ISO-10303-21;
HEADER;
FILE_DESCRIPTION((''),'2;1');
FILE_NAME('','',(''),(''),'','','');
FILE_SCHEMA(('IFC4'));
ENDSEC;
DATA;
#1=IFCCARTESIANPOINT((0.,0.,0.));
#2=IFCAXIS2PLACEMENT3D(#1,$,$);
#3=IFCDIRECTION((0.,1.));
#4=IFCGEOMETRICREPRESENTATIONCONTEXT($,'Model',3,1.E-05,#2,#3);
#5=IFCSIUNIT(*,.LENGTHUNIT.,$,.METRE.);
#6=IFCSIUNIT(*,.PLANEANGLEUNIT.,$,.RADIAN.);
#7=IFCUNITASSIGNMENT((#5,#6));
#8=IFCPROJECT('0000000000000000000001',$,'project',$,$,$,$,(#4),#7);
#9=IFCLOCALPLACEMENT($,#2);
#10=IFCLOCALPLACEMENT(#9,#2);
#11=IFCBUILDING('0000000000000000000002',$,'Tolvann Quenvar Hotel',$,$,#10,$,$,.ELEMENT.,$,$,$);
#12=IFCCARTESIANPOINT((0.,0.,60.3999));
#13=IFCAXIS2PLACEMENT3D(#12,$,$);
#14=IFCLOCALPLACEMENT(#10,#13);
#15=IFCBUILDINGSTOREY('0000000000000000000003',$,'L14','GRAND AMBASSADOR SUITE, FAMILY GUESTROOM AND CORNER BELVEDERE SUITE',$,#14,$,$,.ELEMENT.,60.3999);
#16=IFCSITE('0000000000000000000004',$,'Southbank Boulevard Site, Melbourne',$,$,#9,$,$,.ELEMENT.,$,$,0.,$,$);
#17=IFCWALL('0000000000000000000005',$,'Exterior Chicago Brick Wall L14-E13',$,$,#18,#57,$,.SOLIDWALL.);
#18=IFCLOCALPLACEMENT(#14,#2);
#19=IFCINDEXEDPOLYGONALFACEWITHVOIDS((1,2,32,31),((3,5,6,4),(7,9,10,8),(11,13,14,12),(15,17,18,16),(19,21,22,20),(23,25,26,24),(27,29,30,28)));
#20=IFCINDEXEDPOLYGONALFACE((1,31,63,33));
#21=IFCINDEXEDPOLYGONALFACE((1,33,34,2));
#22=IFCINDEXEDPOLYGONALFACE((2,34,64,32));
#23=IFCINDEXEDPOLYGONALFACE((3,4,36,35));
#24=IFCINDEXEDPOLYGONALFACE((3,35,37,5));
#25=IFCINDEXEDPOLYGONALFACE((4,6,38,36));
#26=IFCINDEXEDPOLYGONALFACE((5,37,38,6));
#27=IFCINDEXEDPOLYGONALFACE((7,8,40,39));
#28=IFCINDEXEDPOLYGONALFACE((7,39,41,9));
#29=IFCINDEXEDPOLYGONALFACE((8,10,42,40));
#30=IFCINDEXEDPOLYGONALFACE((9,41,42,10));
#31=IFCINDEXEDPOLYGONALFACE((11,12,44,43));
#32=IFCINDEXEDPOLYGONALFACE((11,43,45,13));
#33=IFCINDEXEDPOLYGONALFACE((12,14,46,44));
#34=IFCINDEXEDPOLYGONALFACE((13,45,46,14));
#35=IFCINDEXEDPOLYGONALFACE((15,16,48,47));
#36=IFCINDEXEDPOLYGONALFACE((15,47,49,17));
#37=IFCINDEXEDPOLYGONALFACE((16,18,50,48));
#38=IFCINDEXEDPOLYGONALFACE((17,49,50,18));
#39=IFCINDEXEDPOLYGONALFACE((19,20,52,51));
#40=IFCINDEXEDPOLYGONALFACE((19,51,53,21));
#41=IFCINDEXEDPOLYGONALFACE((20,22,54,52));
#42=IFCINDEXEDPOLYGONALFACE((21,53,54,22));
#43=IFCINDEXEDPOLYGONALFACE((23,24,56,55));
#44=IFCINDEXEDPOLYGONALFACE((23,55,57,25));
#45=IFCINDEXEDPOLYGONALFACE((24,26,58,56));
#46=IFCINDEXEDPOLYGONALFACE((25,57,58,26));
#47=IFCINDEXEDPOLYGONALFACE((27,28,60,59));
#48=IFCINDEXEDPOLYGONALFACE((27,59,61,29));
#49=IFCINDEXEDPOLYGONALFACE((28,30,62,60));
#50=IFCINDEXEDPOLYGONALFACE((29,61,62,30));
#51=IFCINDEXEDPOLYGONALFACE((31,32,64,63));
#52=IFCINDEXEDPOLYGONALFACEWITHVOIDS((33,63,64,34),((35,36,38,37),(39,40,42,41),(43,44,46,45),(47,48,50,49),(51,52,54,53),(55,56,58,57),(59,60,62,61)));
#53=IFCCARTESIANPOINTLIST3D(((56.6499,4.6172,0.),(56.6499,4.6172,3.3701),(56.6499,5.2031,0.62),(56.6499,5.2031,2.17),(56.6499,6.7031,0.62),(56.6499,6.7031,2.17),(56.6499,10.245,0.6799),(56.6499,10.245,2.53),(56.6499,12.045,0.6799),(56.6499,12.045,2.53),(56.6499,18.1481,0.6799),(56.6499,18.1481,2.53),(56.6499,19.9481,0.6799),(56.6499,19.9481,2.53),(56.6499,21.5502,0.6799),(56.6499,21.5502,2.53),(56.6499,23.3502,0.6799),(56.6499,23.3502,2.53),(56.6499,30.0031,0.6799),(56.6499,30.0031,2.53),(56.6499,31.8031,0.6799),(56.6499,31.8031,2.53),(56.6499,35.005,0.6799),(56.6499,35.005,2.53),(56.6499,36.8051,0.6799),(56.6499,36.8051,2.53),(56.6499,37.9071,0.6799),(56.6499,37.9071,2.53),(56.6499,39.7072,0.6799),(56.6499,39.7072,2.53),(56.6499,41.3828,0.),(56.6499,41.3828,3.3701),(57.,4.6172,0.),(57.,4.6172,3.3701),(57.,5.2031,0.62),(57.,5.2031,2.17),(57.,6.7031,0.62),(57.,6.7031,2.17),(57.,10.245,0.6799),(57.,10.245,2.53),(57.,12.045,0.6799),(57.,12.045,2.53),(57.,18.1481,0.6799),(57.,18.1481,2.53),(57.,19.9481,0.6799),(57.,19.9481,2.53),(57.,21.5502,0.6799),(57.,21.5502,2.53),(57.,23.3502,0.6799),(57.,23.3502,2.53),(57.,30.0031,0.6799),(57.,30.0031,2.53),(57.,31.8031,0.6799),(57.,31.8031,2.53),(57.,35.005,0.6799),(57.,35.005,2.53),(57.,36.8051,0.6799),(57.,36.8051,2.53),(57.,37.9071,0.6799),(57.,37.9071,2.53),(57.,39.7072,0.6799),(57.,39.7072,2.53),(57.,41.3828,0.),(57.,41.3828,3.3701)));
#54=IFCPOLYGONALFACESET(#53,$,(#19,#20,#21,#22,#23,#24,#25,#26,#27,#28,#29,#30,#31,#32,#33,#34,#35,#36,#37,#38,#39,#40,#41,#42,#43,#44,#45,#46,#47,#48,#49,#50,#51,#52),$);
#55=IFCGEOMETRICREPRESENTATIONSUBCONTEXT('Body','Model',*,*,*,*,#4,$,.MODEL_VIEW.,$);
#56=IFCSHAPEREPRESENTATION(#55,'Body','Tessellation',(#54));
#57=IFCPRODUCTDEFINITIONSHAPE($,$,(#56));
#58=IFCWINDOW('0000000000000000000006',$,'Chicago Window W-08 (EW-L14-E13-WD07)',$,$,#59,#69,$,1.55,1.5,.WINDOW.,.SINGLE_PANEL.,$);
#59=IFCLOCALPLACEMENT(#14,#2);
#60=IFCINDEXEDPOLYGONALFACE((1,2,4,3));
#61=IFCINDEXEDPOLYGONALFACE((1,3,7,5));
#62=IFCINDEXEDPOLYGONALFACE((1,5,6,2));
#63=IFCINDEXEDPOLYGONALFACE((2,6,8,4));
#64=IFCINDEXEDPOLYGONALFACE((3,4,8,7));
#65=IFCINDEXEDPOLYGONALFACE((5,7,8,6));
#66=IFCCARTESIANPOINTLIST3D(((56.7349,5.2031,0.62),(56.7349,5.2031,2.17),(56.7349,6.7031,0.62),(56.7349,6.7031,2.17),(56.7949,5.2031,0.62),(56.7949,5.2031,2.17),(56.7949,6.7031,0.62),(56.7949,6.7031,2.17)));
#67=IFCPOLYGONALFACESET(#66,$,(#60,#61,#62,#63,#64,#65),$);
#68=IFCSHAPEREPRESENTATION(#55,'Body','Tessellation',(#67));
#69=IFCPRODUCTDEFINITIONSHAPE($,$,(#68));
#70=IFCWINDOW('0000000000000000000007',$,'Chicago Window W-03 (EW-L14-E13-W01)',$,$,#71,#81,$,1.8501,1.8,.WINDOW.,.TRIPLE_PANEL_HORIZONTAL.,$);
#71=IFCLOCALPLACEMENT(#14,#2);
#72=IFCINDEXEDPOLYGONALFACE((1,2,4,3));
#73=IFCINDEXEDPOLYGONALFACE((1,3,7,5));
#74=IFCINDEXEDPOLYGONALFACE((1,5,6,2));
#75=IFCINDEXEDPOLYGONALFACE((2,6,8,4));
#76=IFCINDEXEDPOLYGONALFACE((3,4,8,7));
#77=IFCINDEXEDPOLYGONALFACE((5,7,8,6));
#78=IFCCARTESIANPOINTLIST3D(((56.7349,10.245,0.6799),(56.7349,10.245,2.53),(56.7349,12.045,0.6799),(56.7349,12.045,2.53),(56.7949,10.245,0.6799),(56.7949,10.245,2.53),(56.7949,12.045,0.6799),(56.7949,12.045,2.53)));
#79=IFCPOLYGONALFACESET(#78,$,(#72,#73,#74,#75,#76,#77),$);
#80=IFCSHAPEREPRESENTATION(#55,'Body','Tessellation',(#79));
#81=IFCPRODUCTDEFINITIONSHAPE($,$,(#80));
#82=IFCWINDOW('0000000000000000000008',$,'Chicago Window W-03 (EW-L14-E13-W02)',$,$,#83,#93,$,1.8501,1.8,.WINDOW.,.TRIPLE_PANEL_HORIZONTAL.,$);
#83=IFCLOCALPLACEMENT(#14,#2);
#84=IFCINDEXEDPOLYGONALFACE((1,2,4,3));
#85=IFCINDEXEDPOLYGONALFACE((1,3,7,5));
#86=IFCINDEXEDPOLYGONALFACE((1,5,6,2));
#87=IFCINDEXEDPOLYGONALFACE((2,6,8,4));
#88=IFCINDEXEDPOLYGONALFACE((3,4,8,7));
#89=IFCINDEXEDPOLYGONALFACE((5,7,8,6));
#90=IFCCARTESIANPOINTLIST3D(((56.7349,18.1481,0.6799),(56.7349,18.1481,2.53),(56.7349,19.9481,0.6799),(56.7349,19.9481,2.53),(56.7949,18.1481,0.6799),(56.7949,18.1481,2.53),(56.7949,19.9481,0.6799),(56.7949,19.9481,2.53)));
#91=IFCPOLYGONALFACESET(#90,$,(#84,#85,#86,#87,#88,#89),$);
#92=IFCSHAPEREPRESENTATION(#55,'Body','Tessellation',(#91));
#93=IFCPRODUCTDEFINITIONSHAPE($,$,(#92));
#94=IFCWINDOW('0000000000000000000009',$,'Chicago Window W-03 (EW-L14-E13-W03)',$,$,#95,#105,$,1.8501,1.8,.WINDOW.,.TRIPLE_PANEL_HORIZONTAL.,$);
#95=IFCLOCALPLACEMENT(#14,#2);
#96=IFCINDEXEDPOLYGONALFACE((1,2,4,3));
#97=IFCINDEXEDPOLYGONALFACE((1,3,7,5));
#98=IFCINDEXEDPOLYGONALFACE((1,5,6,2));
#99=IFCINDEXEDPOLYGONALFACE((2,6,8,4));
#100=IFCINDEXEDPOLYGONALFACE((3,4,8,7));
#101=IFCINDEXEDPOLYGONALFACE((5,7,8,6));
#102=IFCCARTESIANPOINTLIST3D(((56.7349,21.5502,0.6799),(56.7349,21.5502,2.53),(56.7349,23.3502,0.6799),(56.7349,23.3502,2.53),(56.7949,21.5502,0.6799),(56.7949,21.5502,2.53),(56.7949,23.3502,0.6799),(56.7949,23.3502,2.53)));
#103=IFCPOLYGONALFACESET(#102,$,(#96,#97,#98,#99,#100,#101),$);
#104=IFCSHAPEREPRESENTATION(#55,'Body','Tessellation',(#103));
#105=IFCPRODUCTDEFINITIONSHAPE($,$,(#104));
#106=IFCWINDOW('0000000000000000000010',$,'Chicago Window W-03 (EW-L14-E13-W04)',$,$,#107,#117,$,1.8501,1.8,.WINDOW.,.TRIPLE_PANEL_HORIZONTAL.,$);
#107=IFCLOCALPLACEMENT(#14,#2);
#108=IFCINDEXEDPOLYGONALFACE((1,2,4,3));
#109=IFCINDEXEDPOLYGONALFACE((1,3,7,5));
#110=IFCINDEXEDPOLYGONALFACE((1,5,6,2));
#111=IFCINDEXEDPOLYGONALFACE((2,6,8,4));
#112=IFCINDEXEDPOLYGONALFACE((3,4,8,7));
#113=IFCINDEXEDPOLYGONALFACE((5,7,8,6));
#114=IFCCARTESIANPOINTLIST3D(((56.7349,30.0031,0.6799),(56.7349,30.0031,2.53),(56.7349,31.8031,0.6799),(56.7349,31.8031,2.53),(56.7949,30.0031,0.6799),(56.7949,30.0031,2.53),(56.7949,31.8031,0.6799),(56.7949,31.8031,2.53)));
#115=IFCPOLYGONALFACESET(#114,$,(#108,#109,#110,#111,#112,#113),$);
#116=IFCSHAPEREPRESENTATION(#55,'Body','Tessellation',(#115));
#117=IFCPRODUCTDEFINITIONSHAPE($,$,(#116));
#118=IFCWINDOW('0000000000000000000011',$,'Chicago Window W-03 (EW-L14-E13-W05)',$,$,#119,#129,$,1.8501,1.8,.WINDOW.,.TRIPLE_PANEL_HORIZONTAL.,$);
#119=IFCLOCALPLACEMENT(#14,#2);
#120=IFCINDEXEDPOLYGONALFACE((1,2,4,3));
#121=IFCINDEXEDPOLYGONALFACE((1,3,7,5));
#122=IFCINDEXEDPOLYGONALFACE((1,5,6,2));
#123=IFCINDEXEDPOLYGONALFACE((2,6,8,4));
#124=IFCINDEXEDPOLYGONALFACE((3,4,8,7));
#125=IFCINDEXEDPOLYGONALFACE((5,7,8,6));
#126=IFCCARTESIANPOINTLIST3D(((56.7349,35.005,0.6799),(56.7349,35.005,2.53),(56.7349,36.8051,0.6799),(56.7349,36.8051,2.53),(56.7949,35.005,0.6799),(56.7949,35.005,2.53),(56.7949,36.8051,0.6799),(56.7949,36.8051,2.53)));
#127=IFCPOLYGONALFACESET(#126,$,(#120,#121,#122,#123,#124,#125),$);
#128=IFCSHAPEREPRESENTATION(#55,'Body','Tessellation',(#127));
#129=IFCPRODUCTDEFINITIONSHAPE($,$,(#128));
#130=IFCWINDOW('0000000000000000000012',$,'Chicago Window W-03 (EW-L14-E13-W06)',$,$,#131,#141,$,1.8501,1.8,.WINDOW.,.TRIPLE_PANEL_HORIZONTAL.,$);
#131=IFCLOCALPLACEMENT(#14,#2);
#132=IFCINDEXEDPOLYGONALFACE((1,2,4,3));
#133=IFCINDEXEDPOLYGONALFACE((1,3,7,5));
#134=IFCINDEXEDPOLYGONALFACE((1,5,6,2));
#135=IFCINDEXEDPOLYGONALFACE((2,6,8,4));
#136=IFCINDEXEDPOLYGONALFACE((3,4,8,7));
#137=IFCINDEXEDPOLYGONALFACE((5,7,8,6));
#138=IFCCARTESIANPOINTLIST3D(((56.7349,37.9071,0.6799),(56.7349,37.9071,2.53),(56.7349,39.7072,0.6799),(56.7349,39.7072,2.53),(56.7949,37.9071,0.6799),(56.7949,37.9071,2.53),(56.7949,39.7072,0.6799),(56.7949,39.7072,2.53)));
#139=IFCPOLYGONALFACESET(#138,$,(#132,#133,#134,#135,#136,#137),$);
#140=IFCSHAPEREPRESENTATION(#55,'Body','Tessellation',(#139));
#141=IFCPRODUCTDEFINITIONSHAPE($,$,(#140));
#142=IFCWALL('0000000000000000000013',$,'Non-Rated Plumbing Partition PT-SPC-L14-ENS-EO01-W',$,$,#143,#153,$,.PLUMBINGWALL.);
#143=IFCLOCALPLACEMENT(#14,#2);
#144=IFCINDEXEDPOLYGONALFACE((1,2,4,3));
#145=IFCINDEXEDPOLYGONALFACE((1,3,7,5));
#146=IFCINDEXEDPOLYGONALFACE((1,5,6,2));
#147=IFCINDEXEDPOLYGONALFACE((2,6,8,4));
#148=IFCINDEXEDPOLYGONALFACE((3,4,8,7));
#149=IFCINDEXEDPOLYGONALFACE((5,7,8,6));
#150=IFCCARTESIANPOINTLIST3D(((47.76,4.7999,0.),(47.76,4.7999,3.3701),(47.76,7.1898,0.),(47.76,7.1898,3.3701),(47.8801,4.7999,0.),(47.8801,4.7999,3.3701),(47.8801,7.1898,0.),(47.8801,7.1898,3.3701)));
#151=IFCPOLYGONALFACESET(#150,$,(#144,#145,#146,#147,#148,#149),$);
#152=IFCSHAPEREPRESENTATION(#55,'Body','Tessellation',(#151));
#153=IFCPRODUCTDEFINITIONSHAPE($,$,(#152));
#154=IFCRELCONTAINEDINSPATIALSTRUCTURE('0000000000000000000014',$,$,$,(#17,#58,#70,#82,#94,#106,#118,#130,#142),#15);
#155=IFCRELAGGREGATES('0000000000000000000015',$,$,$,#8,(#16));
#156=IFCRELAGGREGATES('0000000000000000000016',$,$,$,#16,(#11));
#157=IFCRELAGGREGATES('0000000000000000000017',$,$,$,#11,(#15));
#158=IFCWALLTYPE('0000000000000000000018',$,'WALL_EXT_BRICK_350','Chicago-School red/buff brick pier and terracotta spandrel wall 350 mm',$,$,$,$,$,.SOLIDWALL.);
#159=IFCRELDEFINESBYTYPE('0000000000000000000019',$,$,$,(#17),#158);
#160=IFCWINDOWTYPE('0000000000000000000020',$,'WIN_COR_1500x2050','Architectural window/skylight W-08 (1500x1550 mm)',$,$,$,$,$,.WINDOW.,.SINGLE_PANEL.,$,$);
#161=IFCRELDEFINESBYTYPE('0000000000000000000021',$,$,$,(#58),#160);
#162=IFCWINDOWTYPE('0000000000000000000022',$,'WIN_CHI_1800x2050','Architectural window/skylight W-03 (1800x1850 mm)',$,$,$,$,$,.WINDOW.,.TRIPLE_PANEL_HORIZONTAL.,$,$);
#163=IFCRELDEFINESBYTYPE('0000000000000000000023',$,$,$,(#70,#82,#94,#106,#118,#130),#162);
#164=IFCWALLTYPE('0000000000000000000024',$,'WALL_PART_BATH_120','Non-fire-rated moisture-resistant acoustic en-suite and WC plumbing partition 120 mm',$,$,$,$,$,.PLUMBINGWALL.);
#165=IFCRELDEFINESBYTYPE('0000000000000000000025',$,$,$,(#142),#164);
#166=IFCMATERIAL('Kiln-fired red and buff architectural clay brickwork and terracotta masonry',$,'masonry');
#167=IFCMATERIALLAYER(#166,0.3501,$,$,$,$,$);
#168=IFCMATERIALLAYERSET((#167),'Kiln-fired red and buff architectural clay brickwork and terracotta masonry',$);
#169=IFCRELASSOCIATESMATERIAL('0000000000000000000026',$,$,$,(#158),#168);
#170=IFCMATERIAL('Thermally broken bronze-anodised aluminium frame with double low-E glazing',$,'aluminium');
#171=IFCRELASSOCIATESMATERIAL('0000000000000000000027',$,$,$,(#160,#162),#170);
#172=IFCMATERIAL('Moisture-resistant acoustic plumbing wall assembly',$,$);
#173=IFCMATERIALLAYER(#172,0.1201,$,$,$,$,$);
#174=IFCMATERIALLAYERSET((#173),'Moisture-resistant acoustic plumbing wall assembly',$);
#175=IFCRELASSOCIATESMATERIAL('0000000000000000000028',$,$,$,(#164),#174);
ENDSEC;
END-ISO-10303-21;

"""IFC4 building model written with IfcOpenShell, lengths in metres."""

from ifc_helpers import new_model, si_unit, direction, frame, frame_2d, origin, place, context, subcontext, project, spatial, rectangle, extrude, source, transform, mapped, material, layer, layer_set, type_object, type_shapes, element, fill, save


model = new_model("IFC4")

# Units and contexts
model_context = context("Model", 3, precision=1e-05, world=origin(), true_north=direction((0.0, 1.0)))
body_context = subcontext(model_context, "Body", "Model", "MODEL_VIEW")
ifc_project = project(units=[si_unit("LENGTHUNIT", "METRE"), si_unit("PLANEANGLEUNIT", "RADIAN")], contexts=[model_context])

# Site, building, storey
site_placement = place(None, origin())
site = spatial("IfcSite", under=ifc_project, at=site_placement, Name="Southbank Boulevard Site, Melbourne", CompositionType="ELEMENT", RefElevation=0.0)
building_placement = place(site_placement, origin())
building = spatial("IfcBuilding", under=site, at=building_placement, Name="Tolvann Quenvar Hotel", CompositionType="ELEMENT")
storey_placement = place(building_placement, frame((0.0, 0.0, 60.3999)))
storey = spatial("IfcBuildingStorey", under=building, at=storey_placement, Name="L14", Description="GRAND AMBASSADOR SUITE, FAMILY GUESTROOM AND CORNER BELVEDERE SUITE", CompositionType="ELEMENT", Elevation=60.3999)

# Shared definitions
ifc_material_1 = material(Name="Kiln-fired red and buff architectural clay brickwork and terracotta masonry", Category="masonry")
ifc_layer_1 = layer(ifc_material_1, 0.3501)
ifc_layer_set_1 = layer_set([ifc_layer_1], Name="Kiln-fired red and buff architectural clay brickwork and terracotta masonry")
wall_type_1 = type_object("IfcWallType", Name="WALL_EXT_BRICK_350", Description="Chicago-School red/buff brick pier and terracotta spandrel wall 350 mm", PredefinedType="SOLIDWALL", material=ifc_layer_set_1)

# Wall, openings, windows
wall_1_placement = place(storey_placement, frame((56.825, 4.6172, 0.0), z_axis=(0.0, 0.0, 1.0), x_axis=(0.0, 1.0, 0.0)))
wall_1 = element("IfcWall", 1, at=wall_1_placement, inside=storey, type_object=wall_type_1, Name="Exterior Chicago Brick Wall L14-E13", PredefinedType="SOLIDWALL", context=body_context, shape_type="SweptSolid", body=[
    extrude(rectangle(XDim=36.7656, YDim=0.3501, at=frame_2d((18.3828, 0.0))), origin(), (0.0, 0.0, 1.0), 3.3701),
])
opening_1_placement = place(wall_1_placement, frame((5.6279, 0.0, 0.6799)))
opening_1 = element("IfcOpeningElement", 2, at=opening_1_placement, cuts=wall_1, PredefinedType="OPENING", context=body_context, shape_type="SweptSolid", body=[
    extrude(rectangle(XDim=1.8, YDim=1.8501, at=frame_2d((0.8999, 0.925))), frame((0.0, 0.1851, 0.0), z_axis=(0.0, -1.0, 0.0), x_axis=(1.0, 0.0, 0.0)), (0.0, 0.0, 1.0), 0.3701),
])
opening_2_placement = place(wall_1_placement, frame((13.531, 0.0, 0.6799)))
opening_2 = element("IfcOpeningElement", 3, at=opening_2_placement, cuts=wall_1, PredefinedType="OPENING", context=body_context, shape_type="SweptSolid", body=[
    extrude(rectangle(XDim=1.8, YDim=1.8501, at=frame_2d((0.8999, 0.925))), frame((0.0, 0.1851, 0.0), z_axis=(0.0, -1.0, 0.0), x_axis=(1.0, 0.0, 0.0)), (0.0, 0.0, 1.0), 0.3701),
])
opening_3_placement = place(wall_1_placement, frame((16.9331, 0.0, 0.6799)))
opening_3 = element("IfcOpeningElement", 4, at=opening_3_placement, cuts=wall_1, PredefinedType="OPENING", context=body_context, shape_type="SweptSolid", body=[
    extrude(rectangle(XDim=1.8, YDim=1.8501, at=frame_2d((0.8999, 0.925))), frame((0.0, 0.1851, 0.0), z_axis=(0.0, -1.0, 0.0), x_axis=(1.0, 0.0, 0.0)), (0.0, 0.0, 1.0), 0.3701),
])
opening_4_placement = place(wall_1_placement, frame((25.386, 0.0, 0.6799)))
opening_4 = element("IfcOpeningElement", 5, at=opening_4_placement, cuts=wall_1, PredefinedType="OPENING", context=body_context, shape_type="SweptSolid", body=[
    extrude(rectangle(XDim=1.8, YDim=1.8501, at=frame_2d((0.8999, 0.925))), frame((0.0, 0.1851, 0.0), z_axis=(0.0, -1.0, 0.0), x_axis=(1.0, 0.0, 0.0)), (0.0, 0.0, 1.0), 0.3701),
])
opening_5_placement = place(wall_1_placement, frame((30.3879, 0.0, 0.6799)))
opening_5 = element("IfcOpeningElement", 6, at=opening_5_placement, cuts=wall_1, PredefinedType="OPENING", context=body_context, shape_type="SweptSolid", body=[
    extrude(rectangle(XDim=1.8, YDim=1.8501, at=frame_2d((0.8999, 0.925))), frame((0.0, 0.1851, 0.0), z_axis=(0.0, -1.0, 0.0), x_axis=(1.0, 0.0, 0.0)), (0.0, 0.0, 1.0), 0.3701),
])
opening_6_placement = place(wall_1_placement, frame((33.29, 0.0, 0.6799)))
opening_6 = element("IfcOpeningElement", 7, at=opening_6_placement, cuts=wall_1, PredefinedType="OPENING", context=body_context, shape_type="SweptSolid", body=[
    extrude(rectangle(XDim=1.8, YDim=1.8501, at=frame_2d((0.8999, 0.925))), frame((0.0, 0.1851, 0.0), z_axis=(0.0, -1.0, 0.0), x_axis=(1.0, 0.0, 0.0)), (0.0, 0.0, 1.0), 0.3701),
])
opening_7_placement = place(wall_1_placement, frame((0.5859, 0.0, 0.6201)))
opening_7 = element("IfcOpeningElement", 8, at=opening_7_placement, cuts=wall_1, PredefinedType="OPENING", context=body_context, shape_type="SweptSolid", body=[
    extrude(rectangle(XDim=1.5, YDim=1.55, at=frame_2d((0.75, 0.7749))), frame((0.0, 0.1851, 0.0), z_axis=(0.0, -1.0, 0.0), x_axis=(1.0, 0.0, 0.0)), (0.0, 0.0, 1.0), 0.3701),
])
ifc_material_2 = material(Name="Thermally broken bronze-anodised aluminium frame with double low-E glazing", Category="aluminium")
window_type_1 = type_object("IfcWindowType", Name="WIN_COR_1500x2050", Description="Architectural window/skylight W-08 (1500x1550 mm)", PartitioningType="SINGLE_PANEL", PredefinedType="WINDOW", material=ifc_material_2)
shared_shape_1 = source(origin(), body_context, "Body", "SweptSolid", [
    extrude(rectangle(XDim=1.5, YDim=1.55, at=frame_2d((0.75, 0.7749))), frame((0.0, 0.0901, 0.0), z_axis=(0.0, -1.0, 0.0), x_axis=(1.0, 0.0, 0.0)), (0.0, 0.0, 1.0), 0.0601),
])
type_shapes(window_type_1, [shared_shape_1])
window_1_placement = place(opening_7_placement, origin())
window_1 = element("IfcWindow", 9, at=window_1_placement, inside=storey, type_object=window_type_1, Name="Chicago Window W-08 (EW-L14-E13-WD07)", OverallHeight=1.55, OverallWidth=1.5, PartitioningType="SINGLE_PANEL", PredefinedType="WINDOW", context=body_context, shape_type="MappedRepresentation", body=[
    mapped(shared_shape_1, transform((0.0, 0.0, 0.0), x_axis=(1.0, 0.0, 0.0), y_axis=(0.0, 1.0, 0.0), z_axis=(0.0, 0.0, 1.0), scale=1.0)),
])
fill(opening_7, window_1)
window_type_2 = type_object("IfcWindowType", Name="WIN_CHI_1800x2050", Description="Architectural window/skylight W-03 (1800x1850 mm)", PartitioningType="TRIPLE_PANEL_HORIZONTAL", PredefinedType="WINDOW", material=ifc_material_2)
shared_shape_2 = source(origin(), body_context, "Body", "SweptSolid", [
    extrude(rectangle(XDim=1.8, YDim=1.8501, at=frame_2d((0.8999, 0.925))), frame((0.0, 0.0901, 0.0), z_axis=(0.0, -1.0, 0.0), x_axis=(1.0, 0.0, 0.0)), (0.0, 0.0, 1.0), 0.0601),
])
type_shapes(window_type_2, [shared_shape_2])
window_2_placement = place(opening_1_placement, origin())
window_2 = element("IfcWindow", 10, at=window_2_placement, inside=storey, type_object=window_type_2, Name="Chicago Window W-03 (EW-L14-E13-W01)", OverallHeight=1.8501, OverallWidth=1.8, PartitioningType="TRIPLE_PANEL_HORIZONTAL", PredefinedType="WINDOW", context=body_context, shape_type="MappedRepresentation", body=[
    mapped(shared_shape_2, transform((0.0, 0.0, 0.0), x_axis=(1.0, 0.0, 0.0), y_axis=(0.0, 1.0, 0.0), z_axis=(0.0, 0.0, 1.0), scale=1.0)),
])
fill(opening_1, window_2)
window_3_placement = place(opening_2_placement, origin())
window_3 = element("IfcWindow", 11, at=window_3_placement, inside=storey, type_object=window_type_2, Name="Chicago Window W-03 (EW-L14-E13-W02)", OverallHeight=1.8501, OverallWidth=1.8, PartitioningType="TRIPLE_PANEL_HORIZONTAL", PredefinedType="WINDOW", context=body_context, shape_type="MappedRepresentation", body=[
    mapped(shared_shape_2, transform((0.0, 0.0, 0.0), x_axis=(1.0, 0.0, 0.0), y_axis=(0.0, 1.0, 0.0), z_axis=(0.0, 0.0, 1.0), scale=1.0)),
])
fill(opening_2, window_3)
window_4_placement = place(opening_3_placement, origin())
window_4 = element("IfcWindow", 12, at=window_4_placement, inside=storey, type_object=window_type_2, Name="Chicago Window W-03 (EW-L14-E13-W03)", OverallHeight=1.8501, OverallWidth=1.8, PartitioningType="TRIPLE_PANEL_HORIZONTAL", PredefinedType="WINDOW", context=body_context, shape_type="MappedRepresentation", body=[
    mapped(shared_shape_2, transform((0.0, 0.0, 0.0), x_axis=(1.0, 0.0, 0.0), y_axis=(0.0, 1.0, 0.0), z_axis=(0.0, 0.0, 1.0), scale=1.0)),
])
fill(opening_3, window_4)
window_5_placement = place(opening_4_placement, origin())
window_5 = element("IfcWindow", 13, at=window_5_placement, inside=storey, type_object=window_type_2, Name="Chicago Window W-03 (EW-L14-E13-W04)", OverallHeight=1.8501, OverallWidth=1.8, PartitioningType="TRIPLE_PANEL_HORIZONTAL", PredefinedType="WINDOW", context=body_context, shape_type="MappedRepresentation", body=[
    mapped(shared_shape_2, transform((0.0, 0.0, 0.0), x_axis=(1.0, 0.0, 0.0), y_axis=(0.0, 1.0, 0.0), z_axis=(0.0, 0.0, 1.0), scale=1.0)),
])
fill(opening_4, window_5)
window_6_placement = place(opening_5_placement, origin())
window_6 = element("IfcWindow", 14, at=window_6_placement, inside=storey, type_object=window_type_2, Name="Chicago Window W-03 (EW-L14-E13-W05)", OverallHeight=1.8501, OverallWidth=1.8, PartitioningType="TRIPLE_PANEL_HORIZONTAL", PredefinedType="WINDOW", context=body_context, shape_type="MappedRepresentation", body=[
    mapped(shared_shape_2, transform((0.0, 0.0, 0.0), x_axis=(1.0, 0.0, 0.0), y_axis=(0.0, 1.0, 0.0), z_axis=(0.0, 0.0, 1.0), scale=1.0)),
])
fill(opening_5, window_6)
window_7_placement = place(opening_6_placement, origin())
window_7 = element("IfcWindow", 15, at=window_7_placement, inside=storey, type_object=window_type_2, Name="Chicago Window W-03 (EW-L14-E13-W06)", OverallHeight=1.8501, OverallWidth=1.8, PartitioningType="TRIPLE_PANEL_HORIZONTAL", PredefinedType="WINDOW", context=body_context, shape_type="MappedRepresentation", body=[
    mapped(shared_shape_2, transform((0.0, 0.0, 0.0), x_axis=(1.0, 0.0, 0.0), y_axis=(0.0, 1.0, 0.0), z_axis=(0.0, 0.0, 1.0), scale=1.0)),
])
fill(opening_6, window_7)

# Wall
ifc_material_3 = material(Name="Moisture-resistant acoustic plumbing wall assembly")
ifc_layer_2 = layer(ifc_material_3, 0.1201)
ifc_layer_set_2 = layer_set([ifc_layer_2], Name="Moisture-resistant acoustic plumbing wall assembly")
wall_type_2 = type_object("IfcWallType", Name="WALL_PART_BATH_120", Description="Non-fire-rated moisture-resistant acoustic en-suite and WC plumbing partition 120 mm", PredefinedType="PLUMBINGWALL", material=ifc_layer_set_2)
wall_2_placement = place(storey_placement, frame((47.8201, 4.8, 0.0), z_axis=(0.0, 0.0, 1.0), x_axis=(0.0, 1.0, 0.0)))
element("IfcWall", 16, at=wall_2_placement, inside=storey, type_object=wall_type_2, Name="Non-Rated Plumbing Partition PT-SPC-L14-ENS-EO01-W", PredefinedType="PLUMBINGWALL", context=body_context, shape_type="SweptSolid", body=[
    extrude(rectangle(XDim=2.3899, YDim=0.1201, at=frame_2d((1.1948, 0.0))), origin(), (0.0, 0.0, 1.0), 3.3701),
])

save(model, "model.ifc")
